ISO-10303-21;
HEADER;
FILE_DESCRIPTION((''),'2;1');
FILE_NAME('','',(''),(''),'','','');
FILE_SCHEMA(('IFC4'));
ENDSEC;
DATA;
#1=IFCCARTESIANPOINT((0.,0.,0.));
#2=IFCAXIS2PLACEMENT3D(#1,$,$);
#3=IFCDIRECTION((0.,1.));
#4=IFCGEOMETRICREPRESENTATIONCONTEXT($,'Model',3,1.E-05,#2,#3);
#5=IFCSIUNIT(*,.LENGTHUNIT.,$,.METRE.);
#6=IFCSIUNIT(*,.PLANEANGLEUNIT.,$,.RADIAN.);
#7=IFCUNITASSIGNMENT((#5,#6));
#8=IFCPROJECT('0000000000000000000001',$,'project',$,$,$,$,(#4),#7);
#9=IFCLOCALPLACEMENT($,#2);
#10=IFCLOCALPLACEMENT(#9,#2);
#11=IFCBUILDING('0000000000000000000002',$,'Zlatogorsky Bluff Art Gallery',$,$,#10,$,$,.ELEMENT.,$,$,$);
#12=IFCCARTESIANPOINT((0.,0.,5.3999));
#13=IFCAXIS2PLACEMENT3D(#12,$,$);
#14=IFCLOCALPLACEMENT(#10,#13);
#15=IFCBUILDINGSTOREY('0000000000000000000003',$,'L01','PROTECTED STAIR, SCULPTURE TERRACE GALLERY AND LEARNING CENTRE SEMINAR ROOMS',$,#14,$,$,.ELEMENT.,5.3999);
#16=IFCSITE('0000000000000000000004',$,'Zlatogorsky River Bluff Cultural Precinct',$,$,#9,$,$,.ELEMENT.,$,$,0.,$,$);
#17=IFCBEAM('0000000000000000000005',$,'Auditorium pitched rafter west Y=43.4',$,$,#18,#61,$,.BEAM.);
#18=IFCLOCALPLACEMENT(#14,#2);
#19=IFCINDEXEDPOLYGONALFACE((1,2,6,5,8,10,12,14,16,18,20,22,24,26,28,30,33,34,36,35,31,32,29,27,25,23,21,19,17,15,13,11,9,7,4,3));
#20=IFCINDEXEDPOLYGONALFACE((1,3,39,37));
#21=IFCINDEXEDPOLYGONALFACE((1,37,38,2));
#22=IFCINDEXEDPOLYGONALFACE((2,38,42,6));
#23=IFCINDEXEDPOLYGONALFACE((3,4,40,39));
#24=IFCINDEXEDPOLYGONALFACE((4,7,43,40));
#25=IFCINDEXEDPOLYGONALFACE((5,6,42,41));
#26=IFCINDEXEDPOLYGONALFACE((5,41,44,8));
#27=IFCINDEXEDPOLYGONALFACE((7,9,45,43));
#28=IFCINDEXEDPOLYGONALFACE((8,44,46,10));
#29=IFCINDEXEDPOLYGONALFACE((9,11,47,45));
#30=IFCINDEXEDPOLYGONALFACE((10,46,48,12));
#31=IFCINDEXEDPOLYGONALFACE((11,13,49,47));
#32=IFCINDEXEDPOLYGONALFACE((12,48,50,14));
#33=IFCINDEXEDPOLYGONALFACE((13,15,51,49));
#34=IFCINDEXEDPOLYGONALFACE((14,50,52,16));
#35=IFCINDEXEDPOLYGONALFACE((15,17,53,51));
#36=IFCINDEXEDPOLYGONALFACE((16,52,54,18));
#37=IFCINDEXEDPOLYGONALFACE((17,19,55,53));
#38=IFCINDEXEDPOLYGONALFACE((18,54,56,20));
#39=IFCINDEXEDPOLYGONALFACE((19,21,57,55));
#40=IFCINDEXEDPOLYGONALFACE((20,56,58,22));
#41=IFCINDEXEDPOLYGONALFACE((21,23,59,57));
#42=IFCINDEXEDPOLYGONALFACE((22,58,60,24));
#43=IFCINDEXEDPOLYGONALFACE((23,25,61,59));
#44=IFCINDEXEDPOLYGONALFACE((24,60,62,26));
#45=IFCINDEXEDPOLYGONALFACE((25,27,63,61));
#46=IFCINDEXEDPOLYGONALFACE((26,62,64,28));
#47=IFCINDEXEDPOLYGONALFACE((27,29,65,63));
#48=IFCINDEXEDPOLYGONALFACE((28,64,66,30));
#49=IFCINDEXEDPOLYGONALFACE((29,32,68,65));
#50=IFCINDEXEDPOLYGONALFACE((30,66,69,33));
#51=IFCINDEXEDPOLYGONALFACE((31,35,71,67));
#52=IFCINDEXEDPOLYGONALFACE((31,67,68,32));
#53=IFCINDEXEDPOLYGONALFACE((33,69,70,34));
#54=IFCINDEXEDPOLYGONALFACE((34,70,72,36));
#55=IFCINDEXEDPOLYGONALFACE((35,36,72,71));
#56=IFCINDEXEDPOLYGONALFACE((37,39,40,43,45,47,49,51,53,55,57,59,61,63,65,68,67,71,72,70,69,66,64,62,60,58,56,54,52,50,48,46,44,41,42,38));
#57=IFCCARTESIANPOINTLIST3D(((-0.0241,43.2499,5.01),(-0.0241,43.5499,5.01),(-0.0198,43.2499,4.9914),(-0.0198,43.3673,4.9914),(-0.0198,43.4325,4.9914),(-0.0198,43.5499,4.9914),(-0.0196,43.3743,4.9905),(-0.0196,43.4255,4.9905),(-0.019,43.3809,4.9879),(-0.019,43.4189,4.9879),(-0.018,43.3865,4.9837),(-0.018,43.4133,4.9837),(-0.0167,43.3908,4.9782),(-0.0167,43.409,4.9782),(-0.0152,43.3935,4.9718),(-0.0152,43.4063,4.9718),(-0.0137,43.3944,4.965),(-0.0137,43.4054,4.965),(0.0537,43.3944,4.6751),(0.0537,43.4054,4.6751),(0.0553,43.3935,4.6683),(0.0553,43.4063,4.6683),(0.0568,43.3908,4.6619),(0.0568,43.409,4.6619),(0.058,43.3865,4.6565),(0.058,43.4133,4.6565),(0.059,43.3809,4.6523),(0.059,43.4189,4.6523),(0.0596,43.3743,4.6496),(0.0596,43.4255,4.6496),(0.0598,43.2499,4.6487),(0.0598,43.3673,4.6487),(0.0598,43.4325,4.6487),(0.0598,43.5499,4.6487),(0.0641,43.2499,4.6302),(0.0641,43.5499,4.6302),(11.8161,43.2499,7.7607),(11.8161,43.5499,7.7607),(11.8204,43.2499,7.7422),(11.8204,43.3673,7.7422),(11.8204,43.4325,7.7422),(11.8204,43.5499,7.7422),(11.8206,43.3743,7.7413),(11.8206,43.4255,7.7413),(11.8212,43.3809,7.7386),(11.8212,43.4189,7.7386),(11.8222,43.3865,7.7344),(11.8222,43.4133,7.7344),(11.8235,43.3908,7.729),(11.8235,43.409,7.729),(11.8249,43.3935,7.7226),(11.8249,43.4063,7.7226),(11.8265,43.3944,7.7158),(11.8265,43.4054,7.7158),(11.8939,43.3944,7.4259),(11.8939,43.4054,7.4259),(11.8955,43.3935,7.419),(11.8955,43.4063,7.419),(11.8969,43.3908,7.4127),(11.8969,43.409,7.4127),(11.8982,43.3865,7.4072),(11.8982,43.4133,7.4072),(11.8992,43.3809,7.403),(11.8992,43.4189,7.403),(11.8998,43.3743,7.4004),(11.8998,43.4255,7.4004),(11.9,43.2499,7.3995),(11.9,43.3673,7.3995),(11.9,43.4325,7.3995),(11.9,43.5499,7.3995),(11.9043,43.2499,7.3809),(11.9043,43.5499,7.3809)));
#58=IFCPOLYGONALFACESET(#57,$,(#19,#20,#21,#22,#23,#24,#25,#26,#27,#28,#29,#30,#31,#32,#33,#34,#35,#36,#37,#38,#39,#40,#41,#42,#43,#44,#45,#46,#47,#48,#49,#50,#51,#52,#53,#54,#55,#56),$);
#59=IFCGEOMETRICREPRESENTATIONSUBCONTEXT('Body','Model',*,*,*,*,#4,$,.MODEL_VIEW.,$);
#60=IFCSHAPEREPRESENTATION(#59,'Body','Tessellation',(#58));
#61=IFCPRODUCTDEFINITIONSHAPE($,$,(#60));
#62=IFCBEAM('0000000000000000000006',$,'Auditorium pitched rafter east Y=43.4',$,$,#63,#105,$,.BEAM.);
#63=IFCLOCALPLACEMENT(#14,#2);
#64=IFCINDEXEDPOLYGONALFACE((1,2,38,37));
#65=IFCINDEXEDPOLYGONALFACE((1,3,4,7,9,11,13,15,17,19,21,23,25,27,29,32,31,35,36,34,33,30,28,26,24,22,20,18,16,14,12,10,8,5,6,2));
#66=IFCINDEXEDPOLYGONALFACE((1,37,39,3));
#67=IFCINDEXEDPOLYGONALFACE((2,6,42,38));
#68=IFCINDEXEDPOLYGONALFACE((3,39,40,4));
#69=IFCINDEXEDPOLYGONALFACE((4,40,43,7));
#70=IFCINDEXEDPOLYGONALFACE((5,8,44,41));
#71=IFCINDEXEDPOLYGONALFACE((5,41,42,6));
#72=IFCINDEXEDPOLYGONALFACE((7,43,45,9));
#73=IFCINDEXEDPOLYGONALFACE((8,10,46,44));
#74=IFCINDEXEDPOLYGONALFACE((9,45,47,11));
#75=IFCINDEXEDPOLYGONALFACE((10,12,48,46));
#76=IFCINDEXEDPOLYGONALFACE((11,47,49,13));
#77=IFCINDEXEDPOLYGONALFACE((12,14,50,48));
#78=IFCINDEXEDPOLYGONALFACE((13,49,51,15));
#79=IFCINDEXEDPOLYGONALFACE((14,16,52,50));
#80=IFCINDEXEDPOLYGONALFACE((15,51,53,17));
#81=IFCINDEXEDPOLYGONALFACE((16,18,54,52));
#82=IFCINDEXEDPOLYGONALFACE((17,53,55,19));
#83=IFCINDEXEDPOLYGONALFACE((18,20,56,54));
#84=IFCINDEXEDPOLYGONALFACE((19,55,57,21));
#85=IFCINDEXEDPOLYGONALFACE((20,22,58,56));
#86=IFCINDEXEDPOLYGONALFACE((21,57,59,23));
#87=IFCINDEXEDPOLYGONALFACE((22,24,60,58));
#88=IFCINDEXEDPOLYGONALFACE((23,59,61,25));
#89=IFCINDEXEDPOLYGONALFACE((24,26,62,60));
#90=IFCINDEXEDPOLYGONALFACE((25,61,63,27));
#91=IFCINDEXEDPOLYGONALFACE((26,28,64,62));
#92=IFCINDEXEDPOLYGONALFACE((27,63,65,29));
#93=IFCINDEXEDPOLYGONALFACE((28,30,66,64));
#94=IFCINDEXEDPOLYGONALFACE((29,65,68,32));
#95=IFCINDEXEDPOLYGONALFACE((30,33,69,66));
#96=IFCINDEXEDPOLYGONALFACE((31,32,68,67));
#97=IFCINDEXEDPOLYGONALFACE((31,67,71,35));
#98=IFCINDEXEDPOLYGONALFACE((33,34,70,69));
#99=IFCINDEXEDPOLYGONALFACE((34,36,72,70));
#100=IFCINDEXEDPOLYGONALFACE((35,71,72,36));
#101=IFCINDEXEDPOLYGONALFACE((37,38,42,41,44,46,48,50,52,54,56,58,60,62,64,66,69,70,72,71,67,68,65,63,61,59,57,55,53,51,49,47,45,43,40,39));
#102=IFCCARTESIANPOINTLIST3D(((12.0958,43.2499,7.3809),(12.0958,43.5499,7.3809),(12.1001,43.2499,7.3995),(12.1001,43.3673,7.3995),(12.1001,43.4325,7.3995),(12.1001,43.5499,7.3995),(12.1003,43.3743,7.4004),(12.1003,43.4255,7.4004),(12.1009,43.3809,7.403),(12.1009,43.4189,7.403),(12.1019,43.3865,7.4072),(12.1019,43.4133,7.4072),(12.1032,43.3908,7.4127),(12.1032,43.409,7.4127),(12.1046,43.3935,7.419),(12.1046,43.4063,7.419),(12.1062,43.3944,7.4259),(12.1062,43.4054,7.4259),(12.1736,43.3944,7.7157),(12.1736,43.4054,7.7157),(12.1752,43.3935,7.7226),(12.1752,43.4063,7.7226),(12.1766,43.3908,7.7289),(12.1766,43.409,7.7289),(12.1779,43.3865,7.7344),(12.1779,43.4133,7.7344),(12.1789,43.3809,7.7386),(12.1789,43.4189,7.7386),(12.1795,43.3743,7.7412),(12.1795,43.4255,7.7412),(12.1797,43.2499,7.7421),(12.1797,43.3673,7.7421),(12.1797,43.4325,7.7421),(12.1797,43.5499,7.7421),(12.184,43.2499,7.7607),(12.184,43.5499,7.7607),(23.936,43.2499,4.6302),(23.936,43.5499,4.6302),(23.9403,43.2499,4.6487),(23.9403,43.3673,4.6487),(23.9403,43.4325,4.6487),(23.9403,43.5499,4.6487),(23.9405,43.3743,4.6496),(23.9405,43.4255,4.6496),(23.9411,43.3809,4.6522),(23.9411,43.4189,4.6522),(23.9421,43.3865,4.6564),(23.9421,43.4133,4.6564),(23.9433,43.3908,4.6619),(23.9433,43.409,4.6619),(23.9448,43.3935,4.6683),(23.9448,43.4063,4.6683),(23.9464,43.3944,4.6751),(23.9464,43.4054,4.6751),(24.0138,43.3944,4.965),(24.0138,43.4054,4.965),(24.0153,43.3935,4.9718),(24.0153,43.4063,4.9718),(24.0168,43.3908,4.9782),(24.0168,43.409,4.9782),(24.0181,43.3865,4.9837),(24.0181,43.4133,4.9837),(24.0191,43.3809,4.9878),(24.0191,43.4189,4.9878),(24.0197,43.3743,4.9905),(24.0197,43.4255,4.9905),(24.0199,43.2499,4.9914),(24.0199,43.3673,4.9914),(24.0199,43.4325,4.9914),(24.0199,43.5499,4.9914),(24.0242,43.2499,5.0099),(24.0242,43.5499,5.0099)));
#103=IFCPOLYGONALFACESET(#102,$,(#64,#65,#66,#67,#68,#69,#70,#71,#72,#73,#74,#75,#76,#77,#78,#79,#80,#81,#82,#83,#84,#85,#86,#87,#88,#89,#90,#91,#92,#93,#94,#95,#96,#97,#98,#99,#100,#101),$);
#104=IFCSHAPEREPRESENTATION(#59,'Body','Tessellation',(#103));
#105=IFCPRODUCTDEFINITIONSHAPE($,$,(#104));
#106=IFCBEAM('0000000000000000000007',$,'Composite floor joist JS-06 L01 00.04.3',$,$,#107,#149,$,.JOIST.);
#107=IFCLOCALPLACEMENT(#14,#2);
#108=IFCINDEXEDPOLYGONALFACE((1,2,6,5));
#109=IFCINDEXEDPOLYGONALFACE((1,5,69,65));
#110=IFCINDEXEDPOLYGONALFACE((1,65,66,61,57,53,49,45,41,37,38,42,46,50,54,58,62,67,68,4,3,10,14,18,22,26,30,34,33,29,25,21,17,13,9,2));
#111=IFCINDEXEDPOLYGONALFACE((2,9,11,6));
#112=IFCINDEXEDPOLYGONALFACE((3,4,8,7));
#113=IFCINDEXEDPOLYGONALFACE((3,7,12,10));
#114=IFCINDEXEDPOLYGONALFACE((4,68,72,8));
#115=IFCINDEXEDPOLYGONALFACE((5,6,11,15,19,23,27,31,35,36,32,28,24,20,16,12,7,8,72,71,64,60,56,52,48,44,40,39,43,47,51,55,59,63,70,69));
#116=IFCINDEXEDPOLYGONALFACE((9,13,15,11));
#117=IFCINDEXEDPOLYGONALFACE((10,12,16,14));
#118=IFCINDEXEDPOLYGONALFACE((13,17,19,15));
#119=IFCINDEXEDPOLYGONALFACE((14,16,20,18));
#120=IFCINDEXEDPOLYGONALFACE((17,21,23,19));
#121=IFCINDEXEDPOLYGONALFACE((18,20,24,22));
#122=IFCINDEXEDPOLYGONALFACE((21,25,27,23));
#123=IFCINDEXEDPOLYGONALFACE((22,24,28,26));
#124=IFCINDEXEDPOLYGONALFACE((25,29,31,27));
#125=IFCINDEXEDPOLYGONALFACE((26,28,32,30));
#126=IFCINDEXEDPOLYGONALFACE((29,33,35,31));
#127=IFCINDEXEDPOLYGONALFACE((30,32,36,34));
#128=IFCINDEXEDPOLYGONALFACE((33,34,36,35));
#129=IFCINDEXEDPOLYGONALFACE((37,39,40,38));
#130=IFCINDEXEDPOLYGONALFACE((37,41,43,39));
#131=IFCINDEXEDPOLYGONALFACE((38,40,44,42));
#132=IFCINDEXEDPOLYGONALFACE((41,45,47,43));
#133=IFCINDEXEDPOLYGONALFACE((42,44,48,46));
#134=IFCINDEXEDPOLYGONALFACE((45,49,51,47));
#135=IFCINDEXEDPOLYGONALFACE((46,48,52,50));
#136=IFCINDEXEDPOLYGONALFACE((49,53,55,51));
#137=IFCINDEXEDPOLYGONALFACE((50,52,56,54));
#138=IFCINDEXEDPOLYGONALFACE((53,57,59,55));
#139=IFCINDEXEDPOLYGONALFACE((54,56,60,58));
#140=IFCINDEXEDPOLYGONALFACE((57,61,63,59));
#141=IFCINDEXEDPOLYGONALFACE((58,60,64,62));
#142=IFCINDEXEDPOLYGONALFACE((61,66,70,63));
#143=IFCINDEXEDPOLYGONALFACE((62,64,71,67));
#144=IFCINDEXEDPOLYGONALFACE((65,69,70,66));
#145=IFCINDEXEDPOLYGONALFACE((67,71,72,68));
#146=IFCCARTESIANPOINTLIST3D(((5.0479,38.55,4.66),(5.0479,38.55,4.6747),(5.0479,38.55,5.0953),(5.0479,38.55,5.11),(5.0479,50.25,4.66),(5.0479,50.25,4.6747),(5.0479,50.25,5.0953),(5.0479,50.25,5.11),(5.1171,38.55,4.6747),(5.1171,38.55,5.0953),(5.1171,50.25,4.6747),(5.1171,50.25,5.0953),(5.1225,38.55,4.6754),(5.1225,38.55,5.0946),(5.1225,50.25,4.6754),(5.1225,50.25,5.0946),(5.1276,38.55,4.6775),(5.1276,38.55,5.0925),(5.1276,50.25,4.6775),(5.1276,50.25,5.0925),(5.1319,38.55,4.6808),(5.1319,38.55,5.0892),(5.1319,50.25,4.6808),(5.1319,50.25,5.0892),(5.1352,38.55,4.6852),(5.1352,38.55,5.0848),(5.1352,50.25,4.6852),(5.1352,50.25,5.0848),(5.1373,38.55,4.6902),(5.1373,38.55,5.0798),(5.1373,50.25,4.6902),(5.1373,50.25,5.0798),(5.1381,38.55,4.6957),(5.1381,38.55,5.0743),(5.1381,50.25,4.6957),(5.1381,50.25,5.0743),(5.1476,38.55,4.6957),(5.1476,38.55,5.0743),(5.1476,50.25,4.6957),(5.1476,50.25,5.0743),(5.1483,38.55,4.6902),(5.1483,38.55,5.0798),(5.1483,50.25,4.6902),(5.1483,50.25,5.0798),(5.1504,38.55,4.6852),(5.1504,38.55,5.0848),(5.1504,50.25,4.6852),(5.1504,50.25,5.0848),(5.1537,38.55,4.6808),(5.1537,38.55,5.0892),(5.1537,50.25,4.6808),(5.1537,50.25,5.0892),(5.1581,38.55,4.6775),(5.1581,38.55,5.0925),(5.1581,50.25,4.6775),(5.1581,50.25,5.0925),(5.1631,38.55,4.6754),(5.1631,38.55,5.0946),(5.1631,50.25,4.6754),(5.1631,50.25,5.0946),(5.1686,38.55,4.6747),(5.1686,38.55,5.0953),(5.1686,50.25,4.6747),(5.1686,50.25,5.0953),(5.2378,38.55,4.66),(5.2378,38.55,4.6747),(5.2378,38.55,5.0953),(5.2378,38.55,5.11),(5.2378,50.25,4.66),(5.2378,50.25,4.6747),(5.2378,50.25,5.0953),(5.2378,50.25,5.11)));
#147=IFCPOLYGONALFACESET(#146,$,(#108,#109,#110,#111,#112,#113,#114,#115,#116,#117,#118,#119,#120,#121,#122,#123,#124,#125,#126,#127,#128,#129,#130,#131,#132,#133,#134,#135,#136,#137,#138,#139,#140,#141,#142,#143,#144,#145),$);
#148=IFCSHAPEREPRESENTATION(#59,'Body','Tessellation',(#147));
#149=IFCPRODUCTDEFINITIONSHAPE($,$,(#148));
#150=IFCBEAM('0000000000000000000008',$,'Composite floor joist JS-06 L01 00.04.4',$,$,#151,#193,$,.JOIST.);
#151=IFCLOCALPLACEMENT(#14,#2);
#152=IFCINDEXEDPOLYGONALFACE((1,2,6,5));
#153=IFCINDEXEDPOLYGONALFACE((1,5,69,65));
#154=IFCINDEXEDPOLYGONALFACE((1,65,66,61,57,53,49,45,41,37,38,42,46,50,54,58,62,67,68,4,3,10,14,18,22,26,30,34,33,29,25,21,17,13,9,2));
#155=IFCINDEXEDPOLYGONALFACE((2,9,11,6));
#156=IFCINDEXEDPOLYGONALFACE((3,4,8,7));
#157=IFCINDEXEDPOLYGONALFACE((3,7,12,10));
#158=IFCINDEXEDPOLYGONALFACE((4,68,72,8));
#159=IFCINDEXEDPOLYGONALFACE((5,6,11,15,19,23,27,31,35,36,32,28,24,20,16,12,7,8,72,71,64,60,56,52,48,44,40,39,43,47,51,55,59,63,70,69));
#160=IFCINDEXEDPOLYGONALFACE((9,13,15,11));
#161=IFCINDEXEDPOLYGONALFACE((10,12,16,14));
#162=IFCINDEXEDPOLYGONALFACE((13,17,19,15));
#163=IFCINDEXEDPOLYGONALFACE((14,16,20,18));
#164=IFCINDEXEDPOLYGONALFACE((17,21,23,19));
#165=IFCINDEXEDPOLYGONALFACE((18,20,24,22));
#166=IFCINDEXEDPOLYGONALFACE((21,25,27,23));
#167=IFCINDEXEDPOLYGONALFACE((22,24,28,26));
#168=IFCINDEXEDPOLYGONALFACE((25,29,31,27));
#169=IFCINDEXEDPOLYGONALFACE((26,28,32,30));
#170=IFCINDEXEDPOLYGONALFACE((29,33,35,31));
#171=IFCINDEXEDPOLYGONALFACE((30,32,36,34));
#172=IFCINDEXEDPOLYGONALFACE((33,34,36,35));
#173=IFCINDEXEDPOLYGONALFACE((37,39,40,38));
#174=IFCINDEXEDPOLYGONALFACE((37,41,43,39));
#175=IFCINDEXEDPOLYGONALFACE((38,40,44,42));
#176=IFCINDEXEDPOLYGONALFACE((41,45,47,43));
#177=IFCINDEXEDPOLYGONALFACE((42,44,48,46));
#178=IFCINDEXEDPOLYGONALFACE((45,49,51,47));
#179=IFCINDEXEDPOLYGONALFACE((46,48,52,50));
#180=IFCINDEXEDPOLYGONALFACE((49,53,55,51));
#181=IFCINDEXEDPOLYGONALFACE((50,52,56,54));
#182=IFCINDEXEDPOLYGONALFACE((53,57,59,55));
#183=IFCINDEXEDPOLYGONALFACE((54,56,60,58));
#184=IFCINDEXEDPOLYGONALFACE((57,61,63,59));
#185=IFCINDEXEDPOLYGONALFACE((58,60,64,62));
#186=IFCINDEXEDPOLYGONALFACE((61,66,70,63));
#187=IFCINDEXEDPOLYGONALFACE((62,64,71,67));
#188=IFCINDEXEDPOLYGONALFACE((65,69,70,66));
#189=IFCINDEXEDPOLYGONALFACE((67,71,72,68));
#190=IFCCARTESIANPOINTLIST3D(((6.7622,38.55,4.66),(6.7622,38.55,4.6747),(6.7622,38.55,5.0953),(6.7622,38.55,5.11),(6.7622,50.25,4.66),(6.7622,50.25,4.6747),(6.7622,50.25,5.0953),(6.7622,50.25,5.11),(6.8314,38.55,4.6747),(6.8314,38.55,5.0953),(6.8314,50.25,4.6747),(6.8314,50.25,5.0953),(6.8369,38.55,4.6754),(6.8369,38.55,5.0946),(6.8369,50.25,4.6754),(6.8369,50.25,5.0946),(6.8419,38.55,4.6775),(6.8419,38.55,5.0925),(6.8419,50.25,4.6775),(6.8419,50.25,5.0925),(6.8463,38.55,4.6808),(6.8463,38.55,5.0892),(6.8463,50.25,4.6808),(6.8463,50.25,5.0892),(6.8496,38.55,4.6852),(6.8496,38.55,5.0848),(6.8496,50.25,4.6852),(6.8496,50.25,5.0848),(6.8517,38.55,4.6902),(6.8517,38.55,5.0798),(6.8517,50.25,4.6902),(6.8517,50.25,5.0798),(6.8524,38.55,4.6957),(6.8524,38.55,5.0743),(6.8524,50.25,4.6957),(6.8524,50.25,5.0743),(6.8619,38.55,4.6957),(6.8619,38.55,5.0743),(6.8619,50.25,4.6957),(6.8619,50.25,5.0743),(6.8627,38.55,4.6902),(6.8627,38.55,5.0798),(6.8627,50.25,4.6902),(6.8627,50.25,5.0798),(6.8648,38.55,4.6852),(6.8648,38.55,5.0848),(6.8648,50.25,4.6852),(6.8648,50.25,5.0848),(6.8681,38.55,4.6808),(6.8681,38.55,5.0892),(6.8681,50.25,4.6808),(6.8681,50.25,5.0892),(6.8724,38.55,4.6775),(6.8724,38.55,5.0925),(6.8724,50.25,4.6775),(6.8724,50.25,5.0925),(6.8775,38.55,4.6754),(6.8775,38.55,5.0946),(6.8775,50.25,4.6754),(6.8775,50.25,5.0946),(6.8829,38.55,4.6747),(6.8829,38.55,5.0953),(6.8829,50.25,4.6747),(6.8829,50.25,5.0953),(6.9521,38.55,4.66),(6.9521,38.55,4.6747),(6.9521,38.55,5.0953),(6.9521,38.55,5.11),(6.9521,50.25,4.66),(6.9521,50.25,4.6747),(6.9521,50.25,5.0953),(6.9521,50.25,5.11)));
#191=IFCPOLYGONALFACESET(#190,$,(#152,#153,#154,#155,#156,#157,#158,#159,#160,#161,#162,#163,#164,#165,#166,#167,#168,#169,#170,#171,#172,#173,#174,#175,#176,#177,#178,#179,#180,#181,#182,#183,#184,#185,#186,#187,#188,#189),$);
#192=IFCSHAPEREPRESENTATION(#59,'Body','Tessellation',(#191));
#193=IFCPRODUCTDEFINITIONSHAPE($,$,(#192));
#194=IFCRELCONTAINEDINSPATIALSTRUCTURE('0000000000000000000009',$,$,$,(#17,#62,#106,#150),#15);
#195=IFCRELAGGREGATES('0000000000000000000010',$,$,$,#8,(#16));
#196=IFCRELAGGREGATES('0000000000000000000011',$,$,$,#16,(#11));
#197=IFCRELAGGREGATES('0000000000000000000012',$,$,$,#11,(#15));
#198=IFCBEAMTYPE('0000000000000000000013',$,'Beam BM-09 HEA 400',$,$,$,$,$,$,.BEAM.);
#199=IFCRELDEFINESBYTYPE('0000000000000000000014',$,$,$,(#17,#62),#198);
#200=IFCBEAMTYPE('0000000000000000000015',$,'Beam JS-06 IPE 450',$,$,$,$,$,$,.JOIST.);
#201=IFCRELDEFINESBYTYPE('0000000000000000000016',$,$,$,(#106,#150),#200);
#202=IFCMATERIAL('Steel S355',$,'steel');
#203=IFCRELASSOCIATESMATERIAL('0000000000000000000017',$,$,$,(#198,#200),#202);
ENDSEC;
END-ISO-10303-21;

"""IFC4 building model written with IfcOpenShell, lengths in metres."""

from ifc_helpers import new_model, si_unit, direction, frame, origin, origin_2d, place, context, subcontext, project, spatial, i_section, extrude, material, material_profile, profile_set, type_object, element, save


model = new_model("IFC4")

# Units and contexts
model_context = context("Model", 3, precision=1e-05, world=origin(), true_north=direction((0.0, 1.0)))
body_context = subcontext(model_context, "Body", "Model", "MODEL_VIEW")
ifc_project = project(units=[si_unit("LENGTHUNIT", "METRE"), si_unit("PLANEANGLEUNIT", "RADIAN")], contexts=[model_context])

# Site, building, storey
site_placement = place(None, origin())
site = spatial("IfcSite", under=ifc_project, at=site_placement, Name="Zlatogorsky River Bluff Cultural Precinct", CompositionType="ELEMENT", RefElevation=0.0)
building_placement = place(site_placement, origin())
building = spatial("IfcBuilding", under=site, at=building_placement, Name="Zlatogorsky Bluff Art Gallery", CompositionType="ELEMENT")
storey_placement = place(building_placement, frame((0.0, 0.0, 5.3999)))
storey = spatial("IfcBuildingStorey", under=building, at=storey_placement, Name="L01", Description="PROTECTED STAIR, SCULPTURE TERRACE GALLERY AND LEARNING CENTRE SEMINAR ROOMS", CompositionType="ELEMENT", Elevation=5.3999)

# Shared definitions
ifc_material_1 = material(Name="Steel S355", Category="steel")

# Beams
ifc_material_profile_1 = material_profile(ifc_material_1, i_section(OverallWidth=0.3, OverallDepth=0.3899, WebThickness=0.011, FlangeThickness=0.019, FilletRadius=0.0271, at=origin_2d()), Name="HEA 400")
ifc_profile_set_1 = profile_set([ifc_material_profile_1], Name="Steel S355")
beam_type_1 = type_object("IfcBeamType", Name="Beam BM-09 HEA 400", PredefinedType="BEAM", material=ifc_profile_set_1)
for number, where, z_axis, x_axis, name in (
    (1, (0.02, 43.3999, 4.8201), (0.974058, 0.0, 0.226297), (0.0, 1.0, 0.0), "Auditorium pitched rafter west Y=43.4"),
    (2, (12.1399, 43.3999, 7.5708), (0.974058, 0.0, -0.226297), (0.0, 1.0, 0.0), "Auditorium pitched rafter east Y=43.4"),
):
    element("IfcBeam", number, at=place(storey_placement, frame(where, z_axis=z_axis, x_axis=x_axis)), inside=storey, type_object=beam_type_1, Name=name, PredefinedType="BEAM", context=body_context, shape_type="SweptSolid", body=[
        extrude(i_section(OverallWidth=0.3, OverallDepth=0.3899, WebThickness=0.011, FlangeThickness=0.019, FilletRadius=0.0271, at=origin_2d()), origin(), (0.0, 0.0, 1.0), 12.1555),
    ])
ifc_material_profile_2 = material_profile(ifc_material_1, i_section(OverallWidth=0.1899, OverallDepth=0.45, WebThickness=0.0095, FlangeThickness=0.0146, FilletRadius=0.021, at=origin_2d()), Name="IPE 450")
ifc_profile_set_2 = profile_set([ifc_material_profile_2], Name="Steel S355")
beam_type_2 = type_object("IfcBeamType", Name="Beam JS-06 IPE 450", PredefinedType="JOIST", material=ifc_profile_set_2)
for number, where, z_axis, x_axis, name in (
    (3, (5.1428, 38.55, 4.885), (0.0, 1.0, 0.0), (-1.0, 0.0, 0.0), "Composite floor joist JS-06 L01 00.04.3"),
    (4, (6.8572, 38.55, 4.885), (0.0, 1.0, 0.0), (-1.0, 0.0, 0.0), "Composite floor joist JS-06 L01 00.04.4"),
):
    element("IfcBeam", number, at=place(storey_placement, frame(where, z_axis=z_axis, x_axis=x_axis)), inside=storey, type_object=beam_type_2, Name=name, PredefinedType="JOIST", context=body_context, shape_type="SweptSolid", body=[
        extrude(i_section(OverallWidth=0.1899, OverallDepth=0.45, WebThickness=0.0095, FlangeThickness=0.0146, FilletRadius=0.021, at=origin_2d()), origin(), (0.0, 0.0, 1.0), 11.7),
    ])

save(model, "model.ifc")
